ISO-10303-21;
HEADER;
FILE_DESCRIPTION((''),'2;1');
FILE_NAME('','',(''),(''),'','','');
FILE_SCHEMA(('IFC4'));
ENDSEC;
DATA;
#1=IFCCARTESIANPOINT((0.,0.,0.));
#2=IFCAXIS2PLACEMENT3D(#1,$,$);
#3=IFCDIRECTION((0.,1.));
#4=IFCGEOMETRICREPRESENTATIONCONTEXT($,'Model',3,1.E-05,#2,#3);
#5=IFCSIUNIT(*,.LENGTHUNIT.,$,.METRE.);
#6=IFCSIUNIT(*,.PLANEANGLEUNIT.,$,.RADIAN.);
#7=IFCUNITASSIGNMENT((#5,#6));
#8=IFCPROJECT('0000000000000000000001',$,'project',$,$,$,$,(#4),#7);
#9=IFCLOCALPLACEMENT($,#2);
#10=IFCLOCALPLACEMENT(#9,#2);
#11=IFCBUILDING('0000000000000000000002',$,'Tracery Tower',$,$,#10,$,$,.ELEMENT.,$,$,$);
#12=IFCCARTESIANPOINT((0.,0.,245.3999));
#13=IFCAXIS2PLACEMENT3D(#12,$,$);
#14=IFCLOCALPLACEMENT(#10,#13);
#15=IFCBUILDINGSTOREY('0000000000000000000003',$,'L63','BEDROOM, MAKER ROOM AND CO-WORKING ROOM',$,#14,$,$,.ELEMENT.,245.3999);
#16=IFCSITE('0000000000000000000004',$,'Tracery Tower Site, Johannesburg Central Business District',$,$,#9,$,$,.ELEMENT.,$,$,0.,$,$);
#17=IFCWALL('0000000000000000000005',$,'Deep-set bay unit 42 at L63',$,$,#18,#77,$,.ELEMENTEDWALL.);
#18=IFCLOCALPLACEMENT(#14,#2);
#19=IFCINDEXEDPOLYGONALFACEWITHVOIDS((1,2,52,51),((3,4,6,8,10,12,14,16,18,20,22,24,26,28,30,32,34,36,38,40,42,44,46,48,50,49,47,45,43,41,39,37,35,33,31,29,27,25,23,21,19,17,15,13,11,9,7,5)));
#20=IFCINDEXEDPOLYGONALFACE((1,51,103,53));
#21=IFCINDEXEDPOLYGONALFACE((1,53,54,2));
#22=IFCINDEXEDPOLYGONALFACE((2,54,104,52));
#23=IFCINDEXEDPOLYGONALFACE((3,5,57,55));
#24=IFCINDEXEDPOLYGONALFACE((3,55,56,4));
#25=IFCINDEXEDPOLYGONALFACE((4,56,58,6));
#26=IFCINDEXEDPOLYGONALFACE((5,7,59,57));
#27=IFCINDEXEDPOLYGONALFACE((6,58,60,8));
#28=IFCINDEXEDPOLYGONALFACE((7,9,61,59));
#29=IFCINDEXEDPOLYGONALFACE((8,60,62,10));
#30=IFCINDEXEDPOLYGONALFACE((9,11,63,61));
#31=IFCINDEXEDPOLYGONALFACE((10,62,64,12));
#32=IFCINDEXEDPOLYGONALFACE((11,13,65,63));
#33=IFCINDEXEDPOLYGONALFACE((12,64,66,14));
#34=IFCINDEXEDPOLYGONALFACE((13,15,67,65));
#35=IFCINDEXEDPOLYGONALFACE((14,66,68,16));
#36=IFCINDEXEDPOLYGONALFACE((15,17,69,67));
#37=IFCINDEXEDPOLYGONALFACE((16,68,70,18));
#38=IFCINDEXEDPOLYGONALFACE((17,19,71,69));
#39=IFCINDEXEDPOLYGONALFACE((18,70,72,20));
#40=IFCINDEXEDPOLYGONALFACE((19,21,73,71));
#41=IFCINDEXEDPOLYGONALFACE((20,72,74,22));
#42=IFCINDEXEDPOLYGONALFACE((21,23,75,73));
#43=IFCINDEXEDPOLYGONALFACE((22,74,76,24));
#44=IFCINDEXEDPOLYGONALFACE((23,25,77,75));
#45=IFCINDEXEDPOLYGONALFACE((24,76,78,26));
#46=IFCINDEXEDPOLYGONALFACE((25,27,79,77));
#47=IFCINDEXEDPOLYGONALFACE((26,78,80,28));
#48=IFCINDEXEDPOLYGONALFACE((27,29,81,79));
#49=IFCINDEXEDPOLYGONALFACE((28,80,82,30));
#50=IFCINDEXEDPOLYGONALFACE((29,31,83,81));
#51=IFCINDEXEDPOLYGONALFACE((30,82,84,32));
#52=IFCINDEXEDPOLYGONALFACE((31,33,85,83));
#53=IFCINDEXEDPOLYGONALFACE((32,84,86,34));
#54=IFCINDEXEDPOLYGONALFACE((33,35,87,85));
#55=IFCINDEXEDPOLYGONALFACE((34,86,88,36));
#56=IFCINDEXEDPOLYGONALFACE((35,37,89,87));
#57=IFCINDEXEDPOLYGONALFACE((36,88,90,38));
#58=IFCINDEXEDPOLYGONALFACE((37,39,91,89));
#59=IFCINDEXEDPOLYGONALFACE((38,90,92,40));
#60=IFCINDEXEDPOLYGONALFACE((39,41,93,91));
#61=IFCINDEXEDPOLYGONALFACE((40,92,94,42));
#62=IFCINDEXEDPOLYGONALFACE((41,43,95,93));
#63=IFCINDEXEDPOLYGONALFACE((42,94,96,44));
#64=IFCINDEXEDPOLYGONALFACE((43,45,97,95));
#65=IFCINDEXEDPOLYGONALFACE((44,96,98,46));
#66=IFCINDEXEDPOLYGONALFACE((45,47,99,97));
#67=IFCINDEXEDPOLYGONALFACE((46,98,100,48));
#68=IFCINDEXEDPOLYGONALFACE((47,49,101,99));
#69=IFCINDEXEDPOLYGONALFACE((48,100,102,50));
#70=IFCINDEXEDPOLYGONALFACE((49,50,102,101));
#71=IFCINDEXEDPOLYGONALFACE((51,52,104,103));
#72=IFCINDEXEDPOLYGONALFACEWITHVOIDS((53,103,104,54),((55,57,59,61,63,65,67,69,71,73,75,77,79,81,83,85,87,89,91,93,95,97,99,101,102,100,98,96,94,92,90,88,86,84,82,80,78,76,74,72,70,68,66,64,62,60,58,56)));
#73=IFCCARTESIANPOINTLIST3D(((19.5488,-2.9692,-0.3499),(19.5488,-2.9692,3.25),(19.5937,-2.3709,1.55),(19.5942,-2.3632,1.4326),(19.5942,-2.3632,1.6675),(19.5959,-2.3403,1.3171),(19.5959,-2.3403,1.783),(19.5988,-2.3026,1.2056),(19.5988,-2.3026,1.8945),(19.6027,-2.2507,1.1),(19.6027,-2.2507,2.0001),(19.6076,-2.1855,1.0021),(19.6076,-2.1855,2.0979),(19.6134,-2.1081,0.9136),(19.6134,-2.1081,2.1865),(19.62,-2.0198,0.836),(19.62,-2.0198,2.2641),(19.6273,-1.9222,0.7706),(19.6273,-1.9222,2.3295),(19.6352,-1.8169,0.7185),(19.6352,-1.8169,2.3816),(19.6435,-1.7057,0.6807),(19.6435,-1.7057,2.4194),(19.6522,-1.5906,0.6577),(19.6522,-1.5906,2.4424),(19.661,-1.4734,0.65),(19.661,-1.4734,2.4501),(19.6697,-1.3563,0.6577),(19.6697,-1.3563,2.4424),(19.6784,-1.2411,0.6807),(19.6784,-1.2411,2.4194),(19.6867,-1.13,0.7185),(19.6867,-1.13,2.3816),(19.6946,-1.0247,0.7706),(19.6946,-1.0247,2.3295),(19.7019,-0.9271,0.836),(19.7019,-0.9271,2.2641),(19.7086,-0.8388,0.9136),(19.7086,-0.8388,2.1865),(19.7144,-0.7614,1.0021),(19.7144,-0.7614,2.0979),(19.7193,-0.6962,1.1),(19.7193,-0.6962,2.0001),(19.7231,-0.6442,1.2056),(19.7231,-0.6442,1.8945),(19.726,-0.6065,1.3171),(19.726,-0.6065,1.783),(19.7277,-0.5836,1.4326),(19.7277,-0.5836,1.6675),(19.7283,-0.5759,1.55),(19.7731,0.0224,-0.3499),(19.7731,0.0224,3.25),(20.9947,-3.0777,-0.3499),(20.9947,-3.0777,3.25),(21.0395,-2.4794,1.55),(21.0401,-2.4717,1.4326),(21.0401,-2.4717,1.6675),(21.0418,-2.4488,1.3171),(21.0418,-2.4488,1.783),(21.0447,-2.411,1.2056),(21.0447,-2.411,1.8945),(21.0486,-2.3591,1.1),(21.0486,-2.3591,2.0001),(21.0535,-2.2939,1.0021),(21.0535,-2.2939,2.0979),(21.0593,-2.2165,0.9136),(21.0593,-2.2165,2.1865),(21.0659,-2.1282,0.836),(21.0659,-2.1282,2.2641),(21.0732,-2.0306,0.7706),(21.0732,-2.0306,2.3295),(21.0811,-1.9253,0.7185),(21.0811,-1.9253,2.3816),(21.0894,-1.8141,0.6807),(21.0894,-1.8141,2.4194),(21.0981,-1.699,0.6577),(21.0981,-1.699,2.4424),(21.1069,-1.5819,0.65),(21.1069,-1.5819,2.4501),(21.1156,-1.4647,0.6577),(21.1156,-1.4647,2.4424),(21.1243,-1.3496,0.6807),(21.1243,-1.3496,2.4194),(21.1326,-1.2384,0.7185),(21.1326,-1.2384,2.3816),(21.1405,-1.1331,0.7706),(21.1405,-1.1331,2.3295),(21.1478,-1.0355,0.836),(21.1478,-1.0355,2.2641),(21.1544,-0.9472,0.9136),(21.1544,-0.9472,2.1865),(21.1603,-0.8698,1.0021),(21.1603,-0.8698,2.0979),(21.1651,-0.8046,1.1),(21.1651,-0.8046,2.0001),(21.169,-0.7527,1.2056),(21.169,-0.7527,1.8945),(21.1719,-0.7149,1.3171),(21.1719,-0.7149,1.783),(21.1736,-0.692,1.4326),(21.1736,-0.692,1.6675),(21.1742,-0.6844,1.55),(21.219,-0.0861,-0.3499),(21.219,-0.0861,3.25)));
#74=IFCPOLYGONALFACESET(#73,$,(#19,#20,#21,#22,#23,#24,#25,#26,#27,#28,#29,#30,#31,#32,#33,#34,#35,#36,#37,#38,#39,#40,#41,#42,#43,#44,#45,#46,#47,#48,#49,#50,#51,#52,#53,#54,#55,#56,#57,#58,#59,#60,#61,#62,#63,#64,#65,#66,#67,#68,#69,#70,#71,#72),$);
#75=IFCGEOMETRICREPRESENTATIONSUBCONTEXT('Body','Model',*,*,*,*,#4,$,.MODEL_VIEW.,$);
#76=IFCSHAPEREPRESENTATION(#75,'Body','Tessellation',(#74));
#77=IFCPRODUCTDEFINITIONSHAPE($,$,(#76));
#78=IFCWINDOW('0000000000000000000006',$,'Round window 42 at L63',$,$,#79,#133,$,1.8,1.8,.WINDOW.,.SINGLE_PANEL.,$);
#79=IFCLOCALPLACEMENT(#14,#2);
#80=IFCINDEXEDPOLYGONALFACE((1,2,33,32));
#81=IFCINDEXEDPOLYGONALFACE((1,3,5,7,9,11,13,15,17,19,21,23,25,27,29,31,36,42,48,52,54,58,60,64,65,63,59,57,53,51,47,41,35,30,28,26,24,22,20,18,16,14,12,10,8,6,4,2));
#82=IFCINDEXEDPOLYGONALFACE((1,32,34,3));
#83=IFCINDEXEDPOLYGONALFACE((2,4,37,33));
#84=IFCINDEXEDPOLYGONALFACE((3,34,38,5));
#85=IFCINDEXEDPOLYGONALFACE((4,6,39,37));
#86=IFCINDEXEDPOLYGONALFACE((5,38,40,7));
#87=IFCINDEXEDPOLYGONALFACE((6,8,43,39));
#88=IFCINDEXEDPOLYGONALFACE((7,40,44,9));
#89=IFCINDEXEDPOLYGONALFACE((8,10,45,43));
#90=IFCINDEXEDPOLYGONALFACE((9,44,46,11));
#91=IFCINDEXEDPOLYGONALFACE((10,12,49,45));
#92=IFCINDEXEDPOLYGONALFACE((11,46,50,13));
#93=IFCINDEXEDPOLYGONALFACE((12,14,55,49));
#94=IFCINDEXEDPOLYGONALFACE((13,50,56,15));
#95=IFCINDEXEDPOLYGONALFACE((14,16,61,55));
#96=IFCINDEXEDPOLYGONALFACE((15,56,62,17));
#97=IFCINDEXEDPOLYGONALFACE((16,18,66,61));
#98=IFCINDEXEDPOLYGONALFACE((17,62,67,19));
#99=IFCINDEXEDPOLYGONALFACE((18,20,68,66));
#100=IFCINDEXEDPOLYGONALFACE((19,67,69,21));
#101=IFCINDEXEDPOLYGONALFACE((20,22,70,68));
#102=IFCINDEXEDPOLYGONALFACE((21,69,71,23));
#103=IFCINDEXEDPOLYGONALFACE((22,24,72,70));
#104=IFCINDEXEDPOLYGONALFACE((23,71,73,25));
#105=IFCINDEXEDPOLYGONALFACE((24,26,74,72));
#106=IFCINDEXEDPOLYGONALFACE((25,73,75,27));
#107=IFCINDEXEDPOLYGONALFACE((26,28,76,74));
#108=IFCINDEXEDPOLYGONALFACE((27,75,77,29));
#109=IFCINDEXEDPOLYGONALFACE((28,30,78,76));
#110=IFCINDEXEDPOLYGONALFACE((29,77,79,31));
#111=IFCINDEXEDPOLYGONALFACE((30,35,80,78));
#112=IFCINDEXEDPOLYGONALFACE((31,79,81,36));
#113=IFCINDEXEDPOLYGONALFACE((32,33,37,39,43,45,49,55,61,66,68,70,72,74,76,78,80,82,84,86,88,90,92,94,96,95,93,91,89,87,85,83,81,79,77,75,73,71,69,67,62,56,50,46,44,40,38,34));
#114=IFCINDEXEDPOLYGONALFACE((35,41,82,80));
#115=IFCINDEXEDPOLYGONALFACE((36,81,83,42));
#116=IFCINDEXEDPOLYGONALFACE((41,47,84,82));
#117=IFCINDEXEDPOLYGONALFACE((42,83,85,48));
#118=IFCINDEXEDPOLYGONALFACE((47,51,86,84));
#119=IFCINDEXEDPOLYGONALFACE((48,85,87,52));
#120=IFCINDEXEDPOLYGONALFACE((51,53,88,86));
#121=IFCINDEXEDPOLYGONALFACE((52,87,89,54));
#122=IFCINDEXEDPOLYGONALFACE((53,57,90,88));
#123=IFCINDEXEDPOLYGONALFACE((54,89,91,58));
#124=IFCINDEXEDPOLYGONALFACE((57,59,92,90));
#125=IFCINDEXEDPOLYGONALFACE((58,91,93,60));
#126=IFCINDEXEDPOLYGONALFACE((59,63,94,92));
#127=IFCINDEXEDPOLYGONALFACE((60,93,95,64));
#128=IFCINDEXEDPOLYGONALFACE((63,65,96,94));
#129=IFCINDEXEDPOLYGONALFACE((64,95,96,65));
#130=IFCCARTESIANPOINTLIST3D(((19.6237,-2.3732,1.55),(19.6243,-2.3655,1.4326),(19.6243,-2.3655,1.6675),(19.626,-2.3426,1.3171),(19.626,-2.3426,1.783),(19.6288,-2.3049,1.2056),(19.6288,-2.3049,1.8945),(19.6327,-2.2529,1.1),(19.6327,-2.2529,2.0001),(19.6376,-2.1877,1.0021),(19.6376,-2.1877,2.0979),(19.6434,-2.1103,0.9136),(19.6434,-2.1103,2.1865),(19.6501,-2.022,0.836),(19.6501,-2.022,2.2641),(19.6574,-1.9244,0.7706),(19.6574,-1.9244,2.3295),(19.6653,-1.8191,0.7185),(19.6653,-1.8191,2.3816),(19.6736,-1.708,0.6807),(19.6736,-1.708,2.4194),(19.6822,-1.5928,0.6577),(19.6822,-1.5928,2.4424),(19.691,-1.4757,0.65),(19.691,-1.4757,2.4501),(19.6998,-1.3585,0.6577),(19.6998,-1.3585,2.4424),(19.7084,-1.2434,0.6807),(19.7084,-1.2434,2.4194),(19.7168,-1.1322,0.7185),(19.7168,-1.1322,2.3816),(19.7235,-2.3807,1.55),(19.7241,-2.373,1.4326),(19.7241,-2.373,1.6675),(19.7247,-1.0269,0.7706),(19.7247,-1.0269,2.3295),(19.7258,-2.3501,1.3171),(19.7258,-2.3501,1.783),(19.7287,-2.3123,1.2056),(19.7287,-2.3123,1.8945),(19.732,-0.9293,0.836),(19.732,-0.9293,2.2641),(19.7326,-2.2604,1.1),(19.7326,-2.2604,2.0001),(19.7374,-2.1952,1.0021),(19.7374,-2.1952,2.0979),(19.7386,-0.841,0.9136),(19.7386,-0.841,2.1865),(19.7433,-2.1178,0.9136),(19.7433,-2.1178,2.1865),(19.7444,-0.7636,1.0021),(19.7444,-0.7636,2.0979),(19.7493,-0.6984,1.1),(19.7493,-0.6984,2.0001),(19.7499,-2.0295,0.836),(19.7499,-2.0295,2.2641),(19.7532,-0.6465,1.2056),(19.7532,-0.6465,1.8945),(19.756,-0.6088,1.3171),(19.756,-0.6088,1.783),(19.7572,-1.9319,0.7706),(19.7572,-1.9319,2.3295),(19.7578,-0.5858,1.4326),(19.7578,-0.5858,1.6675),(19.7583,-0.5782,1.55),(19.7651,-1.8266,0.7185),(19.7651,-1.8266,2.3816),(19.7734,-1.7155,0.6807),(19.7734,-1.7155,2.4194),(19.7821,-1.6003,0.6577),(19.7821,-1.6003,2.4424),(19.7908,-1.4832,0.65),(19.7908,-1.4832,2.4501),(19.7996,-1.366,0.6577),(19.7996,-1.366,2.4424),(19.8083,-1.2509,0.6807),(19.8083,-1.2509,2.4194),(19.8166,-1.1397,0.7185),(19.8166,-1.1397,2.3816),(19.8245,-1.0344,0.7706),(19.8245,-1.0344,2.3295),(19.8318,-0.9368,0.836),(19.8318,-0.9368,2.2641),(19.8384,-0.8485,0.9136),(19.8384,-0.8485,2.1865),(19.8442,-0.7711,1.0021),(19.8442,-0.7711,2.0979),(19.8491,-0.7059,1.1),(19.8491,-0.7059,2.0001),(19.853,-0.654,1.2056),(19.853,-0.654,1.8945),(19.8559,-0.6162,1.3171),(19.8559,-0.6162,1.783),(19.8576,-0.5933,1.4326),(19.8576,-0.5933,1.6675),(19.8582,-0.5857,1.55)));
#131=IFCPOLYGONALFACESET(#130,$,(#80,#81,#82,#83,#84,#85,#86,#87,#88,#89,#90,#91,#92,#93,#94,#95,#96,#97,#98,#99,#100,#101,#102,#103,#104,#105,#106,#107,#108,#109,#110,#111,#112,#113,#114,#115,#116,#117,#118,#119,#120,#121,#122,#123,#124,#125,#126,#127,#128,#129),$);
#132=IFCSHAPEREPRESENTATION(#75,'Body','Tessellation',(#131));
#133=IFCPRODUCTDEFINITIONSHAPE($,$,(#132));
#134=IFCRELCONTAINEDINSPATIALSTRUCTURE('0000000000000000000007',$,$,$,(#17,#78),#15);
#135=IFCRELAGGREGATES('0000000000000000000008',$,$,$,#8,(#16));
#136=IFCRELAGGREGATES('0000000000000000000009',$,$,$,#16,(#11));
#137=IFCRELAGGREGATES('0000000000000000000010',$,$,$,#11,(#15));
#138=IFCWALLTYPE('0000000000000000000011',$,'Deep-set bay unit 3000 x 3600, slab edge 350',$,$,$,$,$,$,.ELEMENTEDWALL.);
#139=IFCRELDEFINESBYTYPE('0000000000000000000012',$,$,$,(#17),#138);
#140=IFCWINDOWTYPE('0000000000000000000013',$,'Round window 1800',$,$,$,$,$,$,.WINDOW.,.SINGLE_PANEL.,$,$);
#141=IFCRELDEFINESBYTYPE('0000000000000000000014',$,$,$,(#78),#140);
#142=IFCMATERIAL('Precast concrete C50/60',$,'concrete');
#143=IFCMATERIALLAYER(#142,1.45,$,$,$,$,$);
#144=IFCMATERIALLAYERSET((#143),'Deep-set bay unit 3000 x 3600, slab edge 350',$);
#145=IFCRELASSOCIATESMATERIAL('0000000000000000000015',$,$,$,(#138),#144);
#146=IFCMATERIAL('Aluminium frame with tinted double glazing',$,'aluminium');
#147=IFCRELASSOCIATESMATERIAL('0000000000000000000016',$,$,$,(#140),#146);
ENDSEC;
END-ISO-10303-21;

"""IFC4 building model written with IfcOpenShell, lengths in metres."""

from ifc_helpers import new_model, si_unit, direction, frame, frame_2d, origin, origin_2d, place, context, subcontext, project, spatial, rectangle, circle, extrude, material, layer, layer_set, type_object, element, fill, save


model = new_model("IFC4")

# Units and contexts
model_context = context("Model", 3, precision=1e-05, world=origin(), true_north=direction((0.0, 1.0)))
body_context = subcontext(model_context, "Body", "Model", "MODEL_VIEW")
ifc_project = project(units=[si_unit("LENGTHUNIT", "METRE"), si_unit("PLANEANGLEUNIT", "RADIAN")], contexts=[model_context])

# Site, building, storey
site_placement = place(None, origin())
site = spatial("IfcSite", under=ifc_project, at=site_placement, Name="Tracery Tower Site, Johannesburg Central Business District", CompositionType="ELEMENT", RefElevation=0.0)
building_placement = place(site_placement, origin())
building = spatial("IfcBuilding", under=site, at=building_placement, Name="Tracery Tower", CompositionType="ELEMENT")
storey_placement = place(building_placement, frame((0.0, 0.0, 245.3999)))
storey = spatial("IfcBuildingStorey", under=building, at=storey_placement, Name="L63", Description="BEDROOM, MAKER ROOM AND CO-WORKING ROOM", CompositionType="ELEMENT", Elevation=245.3999)

# Wall, opening, window
ifc_material_1 = material(Name="Precast concrete C50/60", Category="concrete")
ifc_layer_1 = layer(ifc_material_1, 1.45)
ifc_layer_set_1 = layer_set([ifc_layer_1], Name="Deep-set bay unit 3000 x 3600, slab edge 350")
wall_type_1 = type_object("IfcWallType", Name="Deep-set bay unit 3000 x 3600, slab edge 350", PredefinedType="ELEMENTEDWALL", material=ifc_layer_set_1)
wall_1_placement = place(storey_placement, frame((20.2717, -3.0234, -0.3499), z_axis=(0.0, 0.0, 1.0), x_axis=(0.074786, 0.9972, 0.0)))
wall_1 = element("IfcWall", 1, at=wall_1_placement, inside=storey, type_object=wall_type_1, Name="Deep-set bay unit 42 at L63", PredefinedType="ELEMENTEDWALL", context=body_context, shape_type="SweptSolid", body=[
    extrude(rectangle(XDim=3.0, YDim=1.45, at=frame_2d((1.5, 0.0))), origin(), (0.0, 0.0, 1.0), 3.5999),
])
opening_1_placement = place(wall_1_placement, frame((1.5, 0.0, 1.8999)))
opening_1 = element("IfcOpeningElement", 2, at=opening_1_placement, cuts=wall_1, PredefinedType="OPENING", context=body_context, shape_type="SweptSolid", body=[
    extrude(circle(Radius=0.9, at=origin_2d()), frame((0.0, 0.7349, 0.0), z_axis=(0.0, -1.0, 0.0), x_axis=(1.0, 0.0, 0.0)), (0.0, 0.0, 1.0), 1.47),
])
ifc_material_2 = material(Name="Aluminium frame with tinted double glazing", Category="aluminium")
window_type = type_object("IfcWindowType", Name="Round window 1800", PartitioningType="SINGLE_PANEL", PredefinedType="WINDOW", material=ifc_material_2)
window_1_placement = place(opening_1_placement, origin())
window_1 = element("IfcWindow", 3, at=window_1_placement, inside=storey, type_object=window_type, Name="Round window 42 at L63", OverallHeight=1.8, OverallWidth=1.8, PartitioningType="SINGLE_PANEL", PredefinedType="WINDOW", context=body_context, shape_type="SweptSolid", body=[
    extrude(circle(Radius=0.9, at=origin_2d()), frame((0.0, 0.6948, 0.0), z_axis=(0.0, -1.0, 0.0), x_axis=(1.0, 0.0, 0.0)), (0.0, 0.0, 1.0), 0.1001),
])
fill(opening_1, window_1)

save(model, "model.ifc")
